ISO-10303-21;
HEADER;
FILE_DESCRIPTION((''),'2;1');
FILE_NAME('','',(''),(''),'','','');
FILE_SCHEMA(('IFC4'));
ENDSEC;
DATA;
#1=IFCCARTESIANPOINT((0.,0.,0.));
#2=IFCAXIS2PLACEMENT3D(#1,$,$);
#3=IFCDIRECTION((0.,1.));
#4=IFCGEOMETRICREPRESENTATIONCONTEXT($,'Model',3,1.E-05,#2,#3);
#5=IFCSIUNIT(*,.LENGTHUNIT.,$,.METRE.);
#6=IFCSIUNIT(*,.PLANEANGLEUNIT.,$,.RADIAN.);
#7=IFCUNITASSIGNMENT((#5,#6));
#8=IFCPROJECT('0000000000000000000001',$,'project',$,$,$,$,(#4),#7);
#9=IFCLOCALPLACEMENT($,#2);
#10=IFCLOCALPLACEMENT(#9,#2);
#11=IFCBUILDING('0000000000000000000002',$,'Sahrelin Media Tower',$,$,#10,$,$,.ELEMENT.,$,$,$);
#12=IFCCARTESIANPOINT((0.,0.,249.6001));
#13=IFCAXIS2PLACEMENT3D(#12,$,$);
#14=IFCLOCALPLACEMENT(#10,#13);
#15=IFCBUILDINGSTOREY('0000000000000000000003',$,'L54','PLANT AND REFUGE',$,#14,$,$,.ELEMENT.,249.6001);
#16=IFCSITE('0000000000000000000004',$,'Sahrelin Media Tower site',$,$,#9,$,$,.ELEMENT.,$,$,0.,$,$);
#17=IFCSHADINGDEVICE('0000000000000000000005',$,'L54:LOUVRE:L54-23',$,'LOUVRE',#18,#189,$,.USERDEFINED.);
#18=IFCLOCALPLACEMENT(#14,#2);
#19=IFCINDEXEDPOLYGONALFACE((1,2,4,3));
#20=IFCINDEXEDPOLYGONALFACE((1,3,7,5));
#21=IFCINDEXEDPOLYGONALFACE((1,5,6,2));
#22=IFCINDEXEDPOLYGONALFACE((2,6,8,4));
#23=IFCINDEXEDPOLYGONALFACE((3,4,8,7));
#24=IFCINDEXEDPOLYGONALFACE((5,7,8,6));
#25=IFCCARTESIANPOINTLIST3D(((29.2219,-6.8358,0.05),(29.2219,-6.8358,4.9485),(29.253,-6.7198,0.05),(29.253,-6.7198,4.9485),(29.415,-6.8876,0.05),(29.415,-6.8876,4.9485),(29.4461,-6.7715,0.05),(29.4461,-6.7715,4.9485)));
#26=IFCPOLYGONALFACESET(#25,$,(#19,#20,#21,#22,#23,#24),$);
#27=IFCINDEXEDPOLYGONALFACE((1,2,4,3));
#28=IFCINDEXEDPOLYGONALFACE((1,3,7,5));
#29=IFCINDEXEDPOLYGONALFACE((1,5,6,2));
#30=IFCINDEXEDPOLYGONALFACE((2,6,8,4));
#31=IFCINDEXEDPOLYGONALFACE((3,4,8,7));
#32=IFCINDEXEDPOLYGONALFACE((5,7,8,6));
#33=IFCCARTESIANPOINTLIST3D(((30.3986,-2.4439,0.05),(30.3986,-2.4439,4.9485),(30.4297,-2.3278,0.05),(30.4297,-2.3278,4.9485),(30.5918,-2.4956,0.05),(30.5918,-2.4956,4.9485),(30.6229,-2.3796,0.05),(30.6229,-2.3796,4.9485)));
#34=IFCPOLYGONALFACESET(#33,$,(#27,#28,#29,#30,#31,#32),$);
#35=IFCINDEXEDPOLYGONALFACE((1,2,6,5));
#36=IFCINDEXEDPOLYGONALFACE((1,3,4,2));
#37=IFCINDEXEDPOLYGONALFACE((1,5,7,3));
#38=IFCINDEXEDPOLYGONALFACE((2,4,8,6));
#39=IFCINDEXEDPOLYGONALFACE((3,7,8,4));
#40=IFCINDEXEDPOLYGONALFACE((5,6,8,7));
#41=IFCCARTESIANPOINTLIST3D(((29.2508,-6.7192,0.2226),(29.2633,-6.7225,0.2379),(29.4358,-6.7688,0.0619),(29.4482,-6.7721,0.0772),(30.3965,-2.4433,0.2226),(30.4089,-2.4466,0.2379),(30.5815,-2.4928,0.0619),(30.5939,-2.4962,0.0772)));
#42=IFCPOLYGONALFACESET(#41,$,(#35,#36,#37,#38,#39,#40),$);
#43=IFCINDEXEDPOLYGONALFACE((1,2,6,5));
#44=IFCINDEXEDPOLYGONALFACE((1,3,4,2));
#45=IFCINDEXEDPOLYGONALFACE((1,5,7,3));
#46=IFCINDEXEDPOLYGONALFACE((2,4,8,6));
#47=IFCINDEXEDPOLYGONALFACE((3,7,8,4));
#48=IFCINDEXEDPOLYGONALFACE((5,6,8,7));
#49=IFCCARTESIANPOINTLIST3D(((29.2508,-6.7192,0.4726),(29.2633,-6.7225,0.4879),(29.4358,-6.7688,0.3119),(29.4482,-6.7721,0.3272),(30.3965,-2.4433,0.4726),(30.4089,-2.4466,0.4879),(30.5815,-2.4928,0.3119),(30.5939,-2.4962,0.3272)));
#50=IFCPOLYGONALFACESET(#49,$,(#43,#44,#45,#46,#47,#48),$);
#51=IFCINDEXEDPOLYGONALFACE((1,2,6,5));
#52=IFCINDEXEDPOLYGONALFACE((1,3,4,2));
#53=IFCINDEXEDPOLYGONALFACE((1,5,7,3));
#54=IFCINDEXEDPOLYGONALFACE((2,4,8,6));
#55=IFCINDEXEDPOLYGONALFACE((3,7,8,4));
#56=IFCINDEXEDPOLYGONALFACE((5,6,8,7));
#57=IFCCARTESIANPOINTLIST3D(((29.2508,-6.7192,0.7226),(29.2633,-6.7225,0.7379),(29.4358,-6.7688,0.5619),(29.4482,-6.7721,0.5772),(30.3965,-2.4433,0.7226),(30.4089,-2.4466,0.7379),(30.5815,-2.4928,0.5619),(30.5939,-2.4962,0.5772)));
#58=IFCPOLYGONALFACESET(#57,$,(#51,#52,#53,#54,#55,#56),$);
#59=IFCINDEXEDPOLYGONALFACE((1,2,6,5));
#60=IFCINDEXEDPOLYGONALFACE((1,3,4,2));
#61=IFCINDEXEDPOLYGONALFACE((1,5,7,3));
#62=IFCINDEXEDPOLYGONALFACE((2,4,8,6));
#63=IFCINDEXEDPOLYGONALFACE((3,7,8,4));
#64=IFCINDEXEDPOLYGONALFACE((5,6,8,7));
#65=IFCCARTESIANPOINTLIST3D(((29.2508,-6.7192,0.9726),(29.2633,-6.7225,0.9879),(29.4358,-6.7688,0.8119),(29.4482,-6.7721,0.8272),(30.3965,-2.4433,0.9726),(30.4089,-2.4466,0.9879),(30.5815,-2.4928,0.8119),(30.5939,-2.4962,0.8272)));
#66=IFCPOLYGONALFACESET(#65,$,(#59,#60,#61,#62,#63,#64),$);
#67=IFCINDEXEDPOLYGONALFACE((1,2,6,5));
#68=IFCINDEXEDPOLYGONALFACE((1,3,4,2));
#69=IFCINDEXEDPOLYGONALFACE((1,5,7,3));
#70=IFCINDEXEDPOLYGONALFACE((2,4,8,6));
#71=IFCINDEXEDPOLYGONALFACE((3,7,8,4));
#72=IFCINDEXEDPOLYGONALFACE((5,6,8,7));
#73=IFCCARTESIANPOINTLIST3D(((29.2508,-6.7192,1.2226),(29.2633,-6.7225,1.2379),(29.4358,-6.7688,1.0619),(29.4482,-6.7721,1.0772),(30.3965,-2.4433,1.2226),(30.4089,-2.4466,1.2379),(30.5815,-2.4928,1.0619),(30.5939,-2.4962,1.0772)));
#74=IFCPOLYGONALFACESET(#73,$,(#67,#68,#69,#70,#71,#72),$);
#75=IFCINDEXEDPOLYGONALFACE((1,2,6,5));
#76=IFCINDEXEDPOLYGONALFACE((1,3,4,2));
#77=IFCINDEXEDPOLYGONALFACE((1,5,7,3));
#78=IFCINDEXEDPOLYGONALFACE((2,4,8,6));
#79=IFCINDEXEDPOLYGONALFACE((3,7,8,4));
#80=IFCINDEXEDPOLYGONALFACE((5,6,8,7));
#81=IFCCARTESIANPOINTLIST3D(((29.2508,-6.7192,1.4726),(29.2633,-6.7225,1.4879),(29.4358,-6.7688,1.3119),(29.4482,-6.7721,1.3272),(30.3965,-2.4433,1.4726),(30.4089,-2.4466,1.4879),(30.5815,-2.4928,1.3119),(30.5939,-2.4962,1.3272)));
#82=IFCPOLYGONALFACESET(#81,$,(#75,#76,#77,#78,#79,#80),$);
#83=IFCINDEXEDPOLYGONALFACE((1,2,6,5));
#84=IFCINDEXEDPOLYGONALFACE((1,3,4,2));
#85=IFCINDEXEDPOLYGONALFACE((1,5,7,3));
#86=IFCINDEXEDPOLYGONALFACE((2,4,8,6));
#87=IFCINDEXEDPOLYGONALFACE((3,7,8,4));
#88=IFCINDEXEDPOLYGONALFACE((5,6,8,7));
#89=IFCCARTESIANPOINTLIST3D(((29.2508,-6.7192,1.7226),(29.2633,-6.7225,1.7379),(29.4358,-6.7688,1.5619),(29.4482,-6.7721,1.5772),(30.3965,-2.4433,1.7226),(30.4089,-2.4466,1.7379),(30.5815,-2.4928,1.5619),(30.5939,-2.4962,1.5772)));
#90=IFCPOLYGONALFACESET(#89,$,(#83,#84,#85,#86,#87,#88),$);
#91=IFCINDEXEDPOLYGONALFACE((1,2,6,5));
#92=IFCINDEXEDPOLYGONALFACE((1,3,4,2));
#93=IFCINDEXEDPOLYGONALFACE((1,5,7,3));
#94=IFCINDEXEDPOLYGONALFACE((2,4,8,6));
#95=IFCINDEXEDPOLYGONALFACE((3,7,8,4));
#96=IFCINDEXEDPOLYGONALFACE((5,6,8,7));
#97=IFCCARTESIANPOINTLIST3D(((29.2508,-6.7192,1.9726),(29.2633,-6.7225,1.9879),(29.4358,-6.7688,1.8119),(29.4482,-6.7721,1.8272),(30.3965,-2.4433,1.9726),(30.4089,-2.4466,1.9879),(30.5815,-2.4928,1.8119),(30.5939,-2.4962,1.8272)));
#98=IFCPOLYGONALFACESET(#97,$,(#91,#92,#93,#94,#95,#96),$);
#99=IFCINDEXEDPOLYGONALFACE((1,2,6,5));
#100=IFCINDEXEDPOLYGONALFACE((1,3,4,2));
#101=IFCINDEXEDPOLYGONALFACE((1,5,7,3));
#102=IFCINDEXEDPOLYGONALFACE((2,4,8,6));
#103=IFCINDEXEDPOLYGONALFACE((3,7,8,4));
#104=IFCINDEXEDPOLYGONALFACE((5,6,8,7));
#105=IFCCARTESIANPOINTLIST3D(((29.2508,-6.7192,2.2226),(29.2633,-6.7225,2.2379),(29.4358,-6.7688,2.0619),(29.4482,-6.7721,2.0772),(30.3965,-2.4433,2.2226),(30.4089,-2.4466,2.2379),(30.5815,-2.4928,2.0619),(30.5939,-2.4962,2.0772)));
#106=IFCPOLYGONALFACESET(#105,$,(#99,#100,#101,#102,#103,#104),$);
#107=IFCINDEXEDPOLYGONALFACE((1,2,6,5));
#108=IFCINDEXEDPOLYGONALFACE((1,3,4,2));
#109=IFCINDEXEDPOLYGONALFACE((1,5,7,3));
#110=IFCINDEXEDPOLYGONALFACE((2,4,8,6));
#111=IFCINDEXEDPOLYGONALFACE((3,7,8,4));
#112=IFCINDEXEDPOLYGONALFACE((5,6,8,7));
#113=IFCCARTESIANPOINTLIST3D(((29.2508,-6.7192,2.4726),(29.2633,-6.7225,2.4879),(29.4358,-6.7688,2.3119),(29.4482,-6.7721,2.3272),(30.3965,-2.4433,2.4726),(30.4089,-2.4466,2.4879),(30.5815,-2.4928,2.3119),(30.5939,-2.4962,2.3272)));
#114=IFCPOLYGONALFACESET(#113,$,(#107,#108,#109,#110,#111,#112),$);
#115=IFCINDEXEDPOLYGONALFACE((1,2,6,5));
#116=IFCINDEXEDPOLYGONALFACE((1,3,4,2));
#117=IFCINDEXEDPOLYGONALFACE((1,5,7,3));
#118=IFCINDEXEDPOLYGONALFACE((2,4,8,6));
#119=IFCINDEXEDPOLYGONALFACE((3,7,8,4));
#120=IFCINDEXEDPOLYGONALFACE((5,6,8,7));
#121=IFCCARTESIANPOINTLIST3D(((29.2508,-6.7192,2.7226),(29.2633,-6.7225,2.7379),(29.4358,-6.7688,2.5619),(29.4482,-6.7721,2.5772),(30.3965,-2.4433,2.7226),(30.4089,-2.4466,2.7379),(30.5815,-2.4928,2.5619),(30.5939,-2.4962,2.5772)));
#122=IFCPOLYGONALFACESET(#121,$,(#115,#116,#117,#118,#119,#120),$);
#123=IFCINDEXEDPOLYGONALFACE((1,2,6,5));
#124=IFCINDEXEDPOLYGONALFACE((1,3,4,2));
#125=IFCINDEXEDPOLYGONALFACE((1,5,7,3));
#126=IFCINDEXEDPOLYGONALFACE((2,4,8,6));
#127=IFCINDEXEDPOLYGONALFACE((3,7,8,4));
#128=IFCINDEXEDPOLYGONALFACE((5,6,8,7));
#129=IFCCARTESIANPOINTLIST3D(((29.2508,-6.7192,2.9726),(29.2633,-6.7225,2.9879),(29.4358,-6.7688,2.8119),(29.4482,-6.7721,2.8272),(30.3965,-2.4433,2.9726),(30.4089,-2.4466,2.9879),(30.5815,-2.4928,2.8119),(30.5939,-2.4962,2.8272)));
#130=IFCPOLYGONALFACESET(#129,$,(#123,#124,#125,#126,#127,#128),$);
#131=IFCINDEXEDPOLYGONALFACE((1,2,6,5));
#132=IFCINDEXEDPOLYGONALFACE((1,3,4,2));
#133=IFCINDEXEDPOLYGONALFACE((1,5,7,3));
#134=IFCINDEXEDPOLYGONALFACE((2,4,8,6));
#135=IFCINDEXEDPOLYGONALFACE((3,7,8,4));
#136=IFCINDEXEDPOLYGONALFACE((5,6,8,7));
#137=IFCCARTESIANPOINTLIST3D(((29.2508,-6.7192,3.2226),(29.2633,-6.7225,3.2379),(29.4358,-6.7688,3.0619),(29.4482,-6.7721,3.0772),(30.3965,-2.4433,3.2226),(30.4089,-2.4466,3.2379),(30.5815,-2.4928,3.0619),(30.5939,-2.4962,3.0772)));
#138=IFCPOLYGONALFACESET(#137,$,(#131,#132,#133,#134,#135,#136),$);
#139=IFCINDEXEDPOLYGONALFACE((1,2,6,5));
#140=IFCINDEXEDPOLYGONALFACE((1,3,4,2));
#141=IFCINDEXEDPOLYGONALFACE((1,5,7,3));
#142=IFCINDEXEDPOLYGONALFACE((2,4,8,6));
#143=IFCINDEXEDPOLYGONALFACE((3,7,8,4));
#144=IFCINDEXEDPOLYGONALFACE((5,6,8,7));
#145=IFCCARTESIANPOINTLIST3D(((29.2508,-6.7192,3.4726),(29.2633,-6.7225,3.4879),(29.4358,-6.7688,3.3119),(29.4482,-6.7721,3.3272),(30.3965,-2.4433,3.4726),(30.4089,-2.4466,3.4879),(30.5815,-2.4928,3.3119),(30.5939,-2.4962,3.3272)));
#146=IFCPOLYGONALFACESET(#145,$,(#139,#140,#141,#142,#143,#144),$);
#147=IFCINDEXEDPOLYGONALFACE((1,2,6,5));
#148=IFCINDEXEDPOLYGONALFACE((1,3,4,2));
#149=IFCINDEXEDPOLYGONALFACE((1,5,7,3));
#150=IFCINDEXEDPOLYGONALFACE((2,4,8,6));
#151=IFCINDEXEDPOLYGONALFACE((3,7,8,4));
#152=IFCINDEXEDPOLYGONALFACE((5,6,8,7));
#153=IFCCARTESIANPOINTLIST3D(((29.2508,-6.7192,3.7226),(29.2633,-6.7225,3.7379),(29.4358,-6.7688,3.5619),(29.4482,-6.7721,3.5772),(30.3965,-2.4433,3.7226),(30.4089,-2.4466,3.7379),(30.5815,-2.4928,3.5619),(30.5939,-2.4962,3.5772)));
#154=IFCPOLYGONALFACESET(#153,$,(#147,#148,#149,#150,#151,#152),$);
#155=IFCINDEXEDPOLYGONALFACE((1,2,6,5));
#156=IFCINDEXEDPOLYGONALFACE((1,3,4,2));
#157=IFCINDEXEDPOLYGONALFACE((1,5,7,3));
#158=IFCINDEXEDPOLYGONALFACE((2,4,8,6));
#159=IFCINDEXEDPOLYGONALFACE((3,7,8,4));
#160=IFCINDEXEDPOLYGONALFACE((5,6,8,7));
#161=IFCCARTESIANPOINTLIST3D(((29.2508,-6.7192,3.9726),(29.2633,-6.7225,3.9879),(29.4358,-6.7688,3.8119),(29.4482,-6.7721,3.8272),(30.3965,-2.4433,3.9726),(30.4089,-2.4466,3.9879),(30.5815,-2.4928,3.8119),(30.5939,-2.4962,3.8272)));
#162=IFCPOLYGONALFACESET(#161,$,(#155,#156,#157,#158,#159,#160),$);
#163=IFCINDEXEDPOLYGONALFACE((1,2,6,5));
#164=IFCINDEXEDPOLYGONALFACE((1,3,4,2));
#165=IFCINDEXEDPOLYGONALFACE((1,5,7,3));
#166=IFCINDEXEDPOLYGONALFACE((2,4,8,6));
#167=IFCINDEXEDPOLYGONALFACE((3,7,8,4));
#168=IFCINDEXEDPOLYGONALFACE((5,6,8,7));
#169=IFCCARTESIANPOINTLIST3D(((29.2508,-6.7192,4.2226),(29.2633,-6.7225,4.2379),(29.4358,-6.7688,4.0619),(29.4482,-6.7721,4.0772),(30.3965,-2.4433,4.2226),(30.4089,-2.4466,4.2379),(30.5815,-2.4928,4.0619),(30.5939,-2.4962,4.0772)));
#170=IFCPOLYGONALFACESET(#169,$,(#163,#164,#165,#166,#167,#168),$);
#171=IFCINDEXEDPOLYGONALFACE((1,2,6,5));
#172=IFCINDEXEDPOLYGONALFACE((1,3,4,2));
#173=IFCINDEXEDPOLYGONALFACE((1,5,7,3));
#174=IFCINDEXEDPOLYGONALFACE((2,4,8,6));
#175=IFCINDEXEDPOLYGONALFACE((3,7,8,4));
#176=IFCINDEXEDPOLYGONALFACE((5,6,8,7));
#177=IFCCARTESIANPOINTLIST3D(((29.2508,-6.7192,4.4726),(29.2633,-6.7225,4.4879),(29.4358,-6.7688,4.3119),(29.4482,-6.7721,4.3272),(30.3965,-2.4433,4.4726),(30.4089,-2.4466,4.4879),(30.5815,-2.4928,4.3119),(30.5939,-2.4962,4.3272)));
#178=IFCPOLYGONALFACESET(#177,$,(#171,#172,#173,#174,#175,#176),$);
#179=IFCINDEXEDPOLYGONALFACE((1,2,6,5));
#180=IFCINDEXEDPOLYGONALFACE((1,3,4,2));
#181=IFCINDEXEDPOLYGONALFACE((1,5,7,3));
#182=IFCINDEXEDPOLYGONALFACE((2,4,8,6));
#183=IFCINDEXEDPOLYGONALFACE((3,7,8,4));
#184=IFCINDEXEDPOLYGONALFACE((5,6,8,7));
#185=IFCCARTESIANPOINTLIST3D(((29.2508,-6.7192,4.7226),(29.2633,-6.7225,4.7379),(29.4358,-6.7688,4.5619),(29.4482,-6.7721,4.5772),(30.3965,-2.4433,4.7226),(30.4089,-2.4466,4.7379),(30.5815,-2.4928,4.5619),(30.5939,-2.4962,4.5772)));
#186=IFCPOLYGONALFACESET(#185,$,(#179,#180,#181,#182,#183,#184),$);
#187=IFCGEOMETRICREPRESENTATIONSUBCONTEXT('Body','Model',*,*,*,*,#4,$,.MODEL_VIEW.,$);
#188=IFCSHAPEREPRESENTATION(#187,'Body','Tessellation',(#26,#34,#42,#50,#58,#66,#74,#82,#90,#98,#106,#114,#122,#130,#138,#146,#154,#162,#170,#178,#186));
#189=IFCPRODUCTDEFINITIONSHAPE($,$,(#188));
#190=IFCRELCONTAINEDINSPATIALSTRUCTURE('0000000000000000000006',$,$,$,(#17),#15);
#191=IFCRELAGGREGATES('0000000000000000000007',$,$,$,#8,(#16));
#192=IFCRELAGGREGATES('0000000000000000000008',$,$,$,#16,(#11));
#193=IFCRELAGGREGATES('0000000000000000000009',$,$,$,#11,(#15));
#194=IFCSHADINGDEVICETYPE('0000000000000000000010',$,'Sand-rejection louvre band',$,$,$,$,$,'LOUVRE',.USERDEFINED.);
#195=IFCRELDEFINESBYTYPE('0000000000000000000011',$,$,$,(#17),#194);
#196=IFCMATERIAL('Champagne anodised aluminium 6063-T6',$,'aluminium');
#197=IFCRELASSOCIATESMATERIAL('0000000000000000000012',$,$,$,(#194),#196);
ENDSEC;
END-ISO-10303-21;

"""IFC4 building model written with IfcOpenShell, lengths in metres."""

from ifc_helpers import new_model, si_unit, direction, frame, origin, origin_2d, place, context, subcontext, project, spatial, rectangle, extrude, material, type_object, element, save


model = new_model("IFC4")

# Units and contexts
model_context = context("Model", 3, precision=1e-05, world=origin(), true_north=direction((0.0, 1.0)))
body_context = subcontext(model_context, "Body", "Model", "MODEL_VIEW")
ifc_project = project(units=[si_unit("LENGTHUNIT", "METRE"), si_unit("PLANEANGLEUNIT", "RADIAN")], contexts=[model_context])

# Site, building, storey
site_placement = place(None, origin())
site = spatial("IfcSite", under=ifc_project, at=site_placement, Name="Sahrelin Media Tower site", CompositionType="ELEMENT", RefElevation=0.0)
building_placement = place(site_placement, origin())
building = spatial("IfcBuilding", under=site, at=building_placement, Name="Sahrelin Media Tower", CompositionType="ELEMENT")
storey_placement = place(building_placement, frame((0.0, 0.0, 249.6001)))
storey = spatial("IfcBuildingStorey", under=building, at=storey_placement, Name="L54", Description="PLANT AND REFUGE", CompositionType="ELEMENT", Elevation=249.6001)

# Shading device
ifc_material_1 = material(Name="Champagne anodised aluminium 6063-T6", Category="aluminium")
shading_device_type = type_object("IfcShadingDeviceType", Name="Sand-rejection louvre band", ElementType="LOUVRE", PredefinedType="USERDEFINED", material=ifc_material_1)
shading_device_1_placement = place(storey_placement, frame((29.8257, -4.5818, 0.0), z_axis=(0.0, 0.0, 1.0), x_axis=(-0.258808, -0.965929, 0.0)))
element("IfcShadingDevice", 1, at=shading_device_1_placement, inside=storey, type_object=shading_device_type, Name="L54:LOUVRE:L54-23", ObjectType="LOUVRE", PredefinedType="USERDEFINED", context=body_context, shape_type="SweptSolid", body=[
    extrude(rectangle(XDim=0.1201, YDim=0.2, at=origin_2d()), frame((2.2734, 0.1001, 0.05), z_axis=(0.0, 0.0, 1.0), x_axis=(1.0, 0.0, 0.0)), (0.0, 0.0, 1.0), 4.8984),
    extrude(rectangle(XDim=0.1201, YDim=0.2, at=origin_2d()), frame((-2.2734, 0.1001, 0.05), z_axis=(0.0, 0.0, 1.0), x_axis=(1.0, 0.0, 0.0)), (0.0, 0.0, 1.0), 4.8984),
    extrude(rectangle(XDim=0.25, YDim=0.02, at=origin_2d()), frame((2.2134, 0.1001, 0.1499), z_axis=(-1.0, 0.0, 0.0), x_axis=(0.0, -0.766044, 0.642788)), (0.0, 0.0, 1.0), 4.4268),
    extrude(rectangle(XDim=0.25, YDim=0.02, at=origin_2d()), frame((2.2134, 0.1001, 0.3999), z_axis=(-1.0, 0.0, 0.0), x_axis=(0.0, -0.766044, 0.642788)), (0.0, 0.0, 1.0), 4.4268),
    extrude(rectangle(XDim=0.25, YDim=0.02, at=origin_2d()), frame((2.2134, 0.1001, 0.6499), z_axis=(-1.0, 0.0, 0.0), x_axis=(0.0, -0.766044, 0.642788)), (0.0, 0.0, 1.0), 4.4268),
    extrude(rectangle(XDim=0.25, YDim=0.02, at=origin_2d()), frame((2.2134, 0.1001, 0.8999), z_axis=(-1.0, 0.0, 0.0), x_axis=(0.0, -0.766044, 0.642788)), (0.0, 0.0, 1.0), 4.4268),
    extrude(rectangle(XDim=0.25, YDim=0.02, at=origin_2d()), frame((2.2134, 0.1001, 1.1499), z_axis=(-1.0, 0.0, 0.0), x_axis=(0.0, -0.766044, 0.642788)), (0.0, 0.0, 1.0), 4.4268),
    extrude(rectangle(XDim=0.25, YDim=0.02, at=origin_2d()), frame((2.2134, 0.1001, 1.3999), z_axis=(-1.0, 0.0, 0.0), x_axis=(0.0, -0.766044, 0.642788)), (0.0, 0.0, 1.0), 4.4268),
    extrude(rectangle(XDim=0.25, YDim=0.02, at=origin_2d()), frame((2.2134, 0.1001, 1.6499), z_axis=(-1.0, 0.0, 0.0), x_axis=(0.0, -0.766044, 0.642788)), (0.0, 0.0, 1.0), 4.4268),
    extrude(rectangle(XDim=0.25, YDim=0.02, at=origin_2d()), frame((2.2134, 0.1001, 1.8999), z_axis=(-1.0, 0.0, 0.0), x_axis=(0.0, -0.766044, 0.642788)), (0.0, 0.0, 1.0), 4.4268),
    extrude(rectangle(XDim=0.25, YDim=0.02, at=origin_2d()), frame((2.2134, 0.1001, 2.1499), z_axis=(-1.0, 0.0, 0.0), x_axis=(0.0, -0.766044, 0.642788)), (0.0, 0.0, 1.0), 4.4268),
    extrude(rectangle(XDim=0.25, YDim=0.02, at=origin_2d()), frame((2.2134, 0.1001, 2.3999), z_axis=(-1.0, 0.0, 0.0), x_axis=(0.0, -0.766044, 0.642788)), (0.0, 0.0, 1.0), 4.4268),
    extrude(rectangle(XDim=0.25, YDim=0.02, at=origin_2d()), frame((2.2134, 0.1001, 2.6499), z_axis=(-1.0, 0.0, 0.0), x_axis=(0.0, -0.766044, 0.642788)), (0.0, 0.0, 1.0), 4.4268),
    extrude(rectangle(XDim=0.25, YDim=0.02, at=origin_2d()), frame((2.2134, 0.1001, 2.8999), z_axis=(-1.0, 0.0, 0.0), x_axis=(0.0, -0.766044, 0.642788)), (0.0, 0.0, 1.0), 4.4268),
    extrude(rectangle(XDim=0.25, YDim=0.02, at=origin_2d()), frame((2.2134, 0.1001, 3.1499), z_axis=(-1.0, 0.0, 0.0), x_axis=(0.0, -0.766044, 0.642788)), (0.0, 0.0, 1.0), 4.4268),
    extrude(rectangle(XDim=0.25, YDim=0.02, at=origin_2d()), frame((2.2134, 0.1001, 3.3999), z_axis=(-1.0, 0.0, 0.0), x_axis=(0.0, -0.766044, 0.642788)), (0.0, 0.0, 1.0), 4.4268),
    extrude(rectangle(XDim=0.25, YDim=0.02, at=origin_2d()), frame((2.2134, 0.1001, 3.6499), z_axis=(-1.0, 0.0, 0.0), x_axis=(0.0, -0.766044, 0.642788)), (0.0, 0.0, 1.0), 4.4268),
    extrude(rectangle(XDim=0.25, YDim=0.02, at=origin_2d()), frame((2.2134, 0.1001, 3.8999), z_axis=(-1.0, 0.0, 0.0), x_axis=(0.0, -0.766044, 0.642788)), (0.0, 0.0, 1.0), 4.4268),
    extrude(rectangle(XDim=0.25, YDim=0.02, at=origin_2d()), frame((2.2134, 0.1001, 4.1499), z_axis=(-1.0, 0.0, 0.0), x_axis=(0.0, -0.766044, 0.642788)), (0.0, 0.0, 1.0), 4.4268),
    extrude(rectangle(XDim=0.25, YDim=0.02, at=origin_2d()), frame((2.2134, 0.1001, 4.3999), z_axis=(-1.0, 0.0, 0.0), x_axis=(0.0, -0.766044, 0.642788)), (0.0, 0.0, 1.0), 4.4268),
    extrude(rectangle(XDim=0.25, YDim=0.02, at=origin_2d()), frame((2.2134, 0.1001, 4.6499), z_axis=(-1.0, 0.0, 0.0), x_axis=(0.0, -0.766044, 0.642788)), (0.0, 0.0, 1.0), 4.4268),
])

save(model, "model.ifc")
